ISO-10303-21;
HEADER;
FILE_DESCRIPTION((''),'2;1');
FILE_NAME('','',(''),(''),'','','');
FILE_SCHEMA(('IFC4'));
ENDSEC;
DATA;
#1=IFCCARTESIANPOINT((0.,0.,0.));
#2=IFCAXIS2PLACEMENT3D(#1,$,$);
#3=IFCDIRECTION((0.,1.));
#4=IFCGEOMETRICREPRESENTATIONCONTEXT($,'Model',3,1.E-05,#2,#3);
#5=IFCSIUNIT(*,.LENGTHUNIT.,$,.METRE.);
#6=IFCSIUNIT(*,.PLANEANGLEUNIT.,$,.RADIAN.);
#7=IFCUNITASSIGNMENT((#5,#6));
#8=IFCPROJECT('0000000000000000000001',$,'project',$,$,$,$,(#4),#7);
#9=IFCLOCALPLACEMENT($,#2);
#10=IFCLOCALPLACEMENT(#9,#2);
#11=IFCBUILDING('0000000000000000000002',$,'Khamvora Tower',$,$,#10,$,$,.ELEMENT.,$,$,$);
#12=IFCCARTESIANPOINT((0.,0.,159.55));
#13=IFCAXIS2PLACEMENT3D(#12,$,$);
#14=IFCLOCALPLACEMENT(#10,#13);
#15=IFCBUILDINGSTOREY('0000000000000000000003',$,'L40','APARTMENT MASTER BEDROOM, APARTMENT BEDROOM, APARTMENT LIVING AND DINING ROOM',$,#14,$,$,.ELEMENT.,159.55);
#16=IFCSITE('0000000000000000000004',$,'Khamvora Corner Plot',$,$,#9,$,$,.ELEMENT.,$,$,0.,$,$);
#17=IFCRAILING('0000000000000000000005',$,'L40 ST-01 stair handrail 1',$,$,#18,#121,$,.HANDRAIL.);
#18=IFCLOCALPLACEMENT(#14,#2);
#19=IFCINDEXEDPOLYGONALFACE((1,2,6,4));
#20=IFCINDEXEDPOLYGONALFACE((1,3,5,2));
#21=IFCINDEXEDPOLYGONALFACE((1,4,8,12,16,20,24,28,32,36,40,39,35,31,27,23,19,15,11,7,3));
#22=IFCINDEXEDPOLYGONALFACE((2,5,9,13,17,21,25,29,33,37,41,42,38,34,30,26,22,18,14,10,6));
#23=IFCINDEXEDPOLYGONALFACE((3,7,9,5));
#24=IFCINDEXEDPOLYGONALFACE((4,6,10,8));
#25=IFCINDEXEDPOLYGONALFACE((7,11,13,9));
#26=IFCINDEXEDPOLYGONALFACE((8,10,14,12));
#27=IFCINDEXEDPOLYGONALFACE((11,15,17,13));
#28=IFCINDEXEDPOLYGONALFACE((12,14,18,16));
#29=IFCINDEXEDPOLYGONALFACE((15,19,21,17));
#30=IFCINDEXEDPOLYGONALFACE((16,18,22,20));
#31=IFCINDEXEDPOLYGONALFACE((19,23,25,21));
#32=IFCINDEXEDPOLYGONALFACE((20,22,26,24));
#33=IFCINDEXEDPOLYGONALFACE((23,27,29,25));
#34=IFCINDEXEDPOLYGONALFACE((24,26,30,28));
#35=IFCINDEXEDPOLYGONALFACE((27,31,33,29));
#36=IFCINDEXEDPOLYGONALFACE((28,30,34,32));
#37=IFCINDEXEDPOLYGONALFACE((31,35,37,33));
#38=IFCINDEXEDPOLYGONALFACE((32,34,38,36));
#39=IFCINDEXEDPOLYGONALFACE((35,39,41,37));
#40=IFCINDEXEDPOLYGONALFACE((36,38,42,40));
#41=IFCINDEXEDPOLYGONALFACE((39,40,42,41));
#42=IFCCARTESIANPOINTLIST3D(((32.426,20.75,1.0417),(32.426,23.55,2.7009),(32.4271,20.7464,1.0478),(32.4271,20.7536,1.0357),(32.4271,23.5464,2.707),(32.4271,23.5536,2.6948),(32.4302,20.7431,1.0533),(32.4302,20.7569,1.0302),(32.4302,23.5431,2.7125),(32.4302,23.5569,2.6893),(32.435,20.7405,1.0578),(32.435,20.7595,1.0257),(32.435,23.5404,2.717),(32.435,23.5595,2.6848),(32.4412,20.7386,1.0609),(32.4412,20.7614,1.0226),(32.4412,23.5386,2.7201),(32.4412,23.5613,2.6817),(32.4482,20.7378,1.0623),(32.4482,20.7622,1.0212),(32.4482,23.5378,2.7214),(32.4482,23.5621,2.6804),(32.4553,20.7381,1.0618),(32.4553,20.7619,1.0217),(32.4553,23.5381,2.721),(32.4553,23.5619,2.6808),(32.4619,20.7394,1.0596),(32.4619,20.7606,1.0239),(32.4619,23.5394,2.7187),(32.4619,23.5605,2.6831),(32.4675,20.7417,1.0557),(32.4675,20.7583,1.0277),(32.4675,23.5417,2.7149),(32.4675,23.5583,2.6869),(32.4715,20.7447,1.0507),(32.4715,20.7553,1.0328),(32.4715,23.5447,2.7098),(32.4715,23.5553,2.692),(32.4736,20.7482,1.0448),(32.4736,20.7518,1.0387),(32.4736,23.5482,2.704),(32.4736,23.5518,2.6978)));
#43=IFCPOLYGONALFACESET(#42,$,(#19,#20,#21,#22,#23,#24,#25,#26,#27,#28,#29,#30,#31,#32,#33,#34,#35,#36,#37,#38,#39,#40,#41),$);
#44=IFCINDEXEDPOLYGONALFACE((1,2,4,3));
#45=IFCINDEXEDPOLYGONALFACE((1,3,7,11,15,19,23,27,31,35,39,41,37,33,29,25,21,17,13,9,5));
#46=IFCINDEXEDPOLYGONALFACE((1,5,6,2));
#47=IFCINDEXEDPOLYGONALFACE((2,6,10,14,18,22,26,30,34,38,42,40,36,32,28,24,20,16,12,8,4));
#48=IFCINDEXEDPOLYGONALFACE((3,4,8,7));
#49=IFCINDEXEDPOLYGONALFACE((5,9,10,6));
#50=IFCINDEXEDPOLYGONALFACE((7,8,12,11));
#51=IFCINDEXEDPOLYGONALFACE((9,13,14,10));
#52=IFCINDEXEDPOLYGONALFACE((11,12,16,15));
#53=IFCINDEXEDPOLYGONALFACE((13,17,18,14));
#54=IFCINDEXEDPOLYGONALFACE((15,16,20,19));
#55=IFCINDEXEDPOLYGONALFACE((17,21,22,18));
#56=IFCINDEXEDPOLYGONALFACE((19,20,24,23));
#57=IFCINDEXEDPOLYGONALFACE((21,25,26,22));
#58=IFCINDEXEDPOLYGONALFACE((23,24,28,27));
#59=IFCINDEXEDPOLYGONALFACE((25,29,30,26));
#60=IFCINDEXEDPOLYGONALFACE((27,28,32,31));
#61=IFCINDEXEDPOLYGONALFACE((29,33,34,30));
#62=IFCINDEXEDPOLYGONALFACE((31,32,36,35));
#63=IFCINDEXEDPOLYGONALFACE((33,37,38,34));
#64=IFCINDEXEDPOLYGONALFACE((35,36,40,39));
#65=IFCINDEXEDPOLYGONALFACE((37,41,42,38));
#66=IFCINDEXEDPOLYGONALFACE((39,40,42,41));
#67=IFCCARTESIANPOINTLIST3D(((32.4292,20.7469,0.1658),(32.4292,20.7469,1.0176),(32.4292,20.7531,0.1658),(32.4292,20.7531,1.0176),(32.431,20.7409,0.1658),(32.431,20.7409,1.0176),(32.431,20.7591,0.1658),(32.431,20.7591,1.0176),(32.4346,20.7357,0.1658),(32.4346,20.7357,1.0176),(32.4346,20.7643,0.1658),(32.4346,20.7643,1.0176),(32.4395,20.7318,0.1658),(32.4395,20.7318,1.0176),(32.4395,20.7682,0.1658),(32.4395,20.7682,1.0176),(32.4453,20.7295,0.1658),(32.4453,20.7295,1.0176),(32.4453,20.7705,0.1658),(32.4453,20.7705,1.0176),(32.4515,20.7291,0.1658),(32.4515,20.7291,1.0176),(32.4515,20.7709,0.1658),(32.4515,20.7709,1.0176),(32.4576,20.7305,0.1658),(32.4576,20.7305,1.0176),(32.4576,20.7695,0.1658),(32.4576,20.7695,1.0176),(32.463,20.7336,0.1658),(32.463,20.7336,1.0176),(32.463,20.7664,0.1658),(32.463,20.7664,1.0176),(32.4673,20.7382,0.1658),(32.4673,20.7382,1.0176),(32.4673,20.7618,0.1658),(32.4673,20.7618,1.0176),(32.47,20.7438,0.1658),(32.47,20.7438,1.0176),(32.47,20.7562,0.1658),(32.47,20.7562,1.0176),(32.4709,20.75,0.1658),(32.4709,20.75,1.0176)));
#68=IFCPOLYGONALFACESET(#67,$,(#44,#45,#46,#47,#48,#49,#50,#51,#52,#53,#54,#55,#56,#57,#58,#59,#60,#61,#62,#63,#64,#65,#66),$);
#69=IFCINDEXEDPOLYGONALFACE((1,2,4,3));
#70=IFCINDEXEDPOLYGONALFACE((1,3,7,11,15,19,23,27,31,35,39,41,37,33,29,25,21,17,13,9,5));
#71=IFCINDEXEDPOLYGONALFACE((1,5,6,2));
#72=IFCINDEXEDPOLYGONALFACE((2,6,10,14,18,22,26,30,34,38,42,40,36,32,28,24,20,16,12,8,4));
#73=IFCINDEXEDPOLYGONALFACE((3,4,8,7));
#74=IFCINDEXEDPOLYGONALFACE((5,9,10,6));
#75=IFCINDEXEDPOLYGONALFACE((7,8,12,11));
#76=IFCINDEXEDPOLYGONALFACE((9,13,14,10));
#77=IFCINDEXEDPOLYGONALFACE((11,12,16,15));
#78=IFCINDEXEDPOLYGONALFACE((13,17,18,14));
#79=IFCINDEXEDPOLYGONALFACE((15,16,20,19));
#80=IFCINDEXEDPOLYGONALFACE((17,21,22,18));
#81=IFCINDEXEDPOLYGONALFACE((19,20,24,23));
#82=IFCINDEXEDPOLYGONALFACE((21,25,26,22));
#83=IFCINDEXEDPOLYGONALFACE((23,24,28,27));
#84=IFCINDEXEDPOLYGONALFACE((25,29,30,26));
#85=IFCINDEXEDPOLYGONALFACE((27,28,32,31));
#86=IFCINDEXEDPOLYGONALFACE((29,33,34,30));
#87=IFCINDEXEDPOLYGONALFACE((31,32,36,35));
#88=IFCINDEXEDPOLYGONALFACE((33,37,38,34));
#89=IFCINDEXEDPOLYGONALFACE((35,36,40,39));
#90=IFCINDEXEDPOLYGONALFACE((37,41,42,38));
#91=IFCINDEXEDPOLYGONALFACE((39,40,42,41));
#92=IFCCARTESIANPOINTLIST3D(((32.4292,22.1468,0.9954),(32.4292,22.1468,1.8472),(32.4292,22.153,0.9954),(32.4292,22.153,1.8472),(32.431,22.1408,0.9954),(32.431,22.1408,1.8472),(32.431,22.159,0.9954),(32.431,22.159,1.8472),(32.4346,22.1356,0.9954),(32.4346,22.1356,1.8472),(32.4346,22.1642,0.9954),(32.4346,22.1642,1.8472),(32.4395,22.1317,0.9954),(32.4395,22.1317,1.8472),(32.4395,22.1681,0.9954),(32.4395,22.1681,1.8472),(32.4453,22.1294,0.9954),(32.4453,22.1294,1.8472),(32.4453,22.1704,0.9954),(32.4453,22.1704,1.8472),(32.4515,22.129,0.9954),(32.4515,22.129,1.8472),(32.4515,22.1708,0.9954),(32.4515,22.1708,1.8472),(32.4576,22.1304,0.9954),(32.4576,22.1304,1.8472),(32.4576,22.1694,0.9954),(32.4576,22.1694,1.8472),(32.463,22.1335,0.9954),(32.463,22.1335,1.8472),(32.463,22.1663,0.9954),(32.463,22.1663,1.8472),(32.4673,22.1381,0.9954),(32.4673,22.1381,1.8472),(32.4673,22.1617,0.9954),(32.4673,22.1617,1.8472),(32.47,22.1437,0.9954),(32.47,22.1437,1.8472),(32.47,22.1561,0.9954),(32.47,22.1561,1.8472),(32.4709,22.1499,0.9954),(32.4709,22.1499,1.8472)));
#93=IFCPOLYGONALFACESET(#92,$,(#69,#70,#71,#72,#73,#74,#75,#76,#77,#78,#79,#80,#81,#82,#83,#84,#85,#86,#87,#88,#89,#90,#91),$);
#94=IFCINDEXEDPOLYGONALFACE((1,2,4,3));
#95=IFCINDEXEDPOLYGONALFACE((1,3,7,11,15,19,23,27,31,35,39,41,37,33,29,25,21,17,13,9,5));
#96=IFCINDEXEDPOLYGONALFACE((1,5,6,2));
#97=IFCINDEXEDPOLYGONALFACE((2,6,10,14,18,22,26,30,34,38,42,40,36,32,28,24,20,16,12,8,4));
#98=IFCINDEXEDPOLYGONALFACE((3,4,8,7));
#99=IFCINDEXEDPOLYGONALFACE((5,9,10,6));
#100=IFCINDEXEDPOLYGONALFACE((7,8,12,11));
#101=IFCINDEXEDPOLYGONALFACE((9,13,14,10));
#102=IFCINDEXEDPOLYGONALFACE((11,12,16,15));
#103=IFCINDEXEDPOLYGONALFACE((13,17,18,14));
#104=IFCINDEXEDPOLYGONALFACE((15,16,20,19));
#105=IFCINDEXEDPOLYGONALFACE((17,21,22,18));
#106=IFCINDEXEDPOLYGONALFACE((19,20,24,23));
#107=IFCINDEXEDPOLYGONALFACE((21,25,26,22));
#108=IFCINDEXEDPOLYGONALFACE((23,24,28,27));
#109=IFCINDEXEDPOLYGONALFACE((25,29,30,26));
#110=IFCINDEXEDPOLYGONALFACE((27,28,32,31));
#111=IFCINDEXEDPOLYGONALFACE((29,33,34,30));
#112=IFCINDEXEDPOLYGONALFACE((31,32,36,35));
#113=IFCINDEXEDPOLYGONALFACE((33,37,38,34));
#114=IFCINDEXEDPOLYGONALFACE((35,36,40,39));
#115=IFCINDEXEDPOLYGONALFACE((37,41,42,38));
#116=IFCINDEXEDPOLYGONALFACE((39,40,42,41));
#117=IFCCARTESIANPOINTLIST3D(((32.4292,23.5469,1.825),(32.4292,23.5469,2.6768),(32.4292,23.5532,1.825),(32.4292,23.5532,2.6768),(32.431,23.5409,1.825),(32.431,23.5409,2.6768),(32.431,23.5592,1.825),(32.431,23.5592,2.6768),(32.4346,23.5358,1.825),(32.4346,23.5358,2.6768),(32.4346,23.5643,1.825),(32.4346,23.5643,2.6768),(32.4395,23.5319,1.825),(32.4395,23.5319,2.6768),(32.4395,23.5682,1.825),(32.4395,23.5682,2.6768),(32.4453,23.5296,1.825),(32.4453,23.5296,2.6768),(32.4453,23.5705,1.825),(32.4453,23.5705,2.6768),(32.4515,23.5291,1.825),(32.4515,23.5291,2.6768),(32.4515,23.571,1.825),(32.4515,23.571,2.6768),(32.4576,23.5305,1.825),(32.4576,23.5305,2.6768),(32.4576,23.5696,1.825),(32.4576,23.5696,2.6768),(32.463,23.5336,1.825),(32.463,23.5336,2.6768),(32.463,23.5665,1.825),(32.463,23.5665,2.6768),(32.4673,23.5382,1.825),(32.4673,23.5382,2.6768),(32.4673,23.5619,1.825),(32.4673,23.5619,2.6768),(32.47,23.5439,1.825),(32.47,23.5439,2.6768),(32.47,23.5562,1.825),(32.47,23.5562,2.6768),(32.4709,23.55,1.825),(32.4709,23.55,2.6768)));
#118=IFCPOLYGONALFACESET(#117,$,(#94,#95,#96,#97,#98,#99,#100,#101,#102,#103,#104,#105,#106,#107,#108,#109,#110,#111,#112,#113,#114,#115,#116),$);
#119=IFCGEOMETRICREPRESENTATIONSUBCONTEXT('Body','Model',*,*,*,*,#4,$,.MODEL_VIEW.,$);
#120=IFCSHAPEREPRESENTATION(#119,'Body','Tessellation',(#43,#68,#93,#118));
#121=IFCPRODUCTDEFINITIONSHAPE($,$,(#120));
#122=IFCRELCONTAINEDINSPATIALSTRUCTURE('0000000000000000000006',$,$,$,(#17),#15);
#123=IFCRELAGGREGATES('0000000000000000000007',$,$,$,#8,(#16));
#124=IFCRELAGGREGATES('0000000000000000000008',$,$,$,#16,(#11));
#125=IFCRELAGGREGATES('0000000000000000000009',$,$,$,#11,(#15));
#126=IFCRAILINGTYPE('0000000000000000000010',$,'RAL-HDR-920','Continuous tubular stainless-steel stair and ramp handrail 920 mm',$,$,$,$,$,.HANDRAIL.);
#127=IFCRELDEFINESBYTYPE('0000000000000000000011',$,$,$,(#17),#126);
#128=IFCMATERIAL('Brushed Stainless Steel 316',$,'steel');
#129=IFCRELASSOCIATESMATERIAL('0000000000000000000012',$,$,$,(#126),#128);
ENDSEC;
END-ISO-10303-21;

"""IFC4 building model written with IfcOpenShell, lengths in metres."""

from ifc_helpers import new_model, si_unit, direction, frame, origin, origin_2d, place, context, subcontext, project, spatial, circle, extrude, material, type_object, element, save


model = new_model("IFC4")

# Units and contexts
model_context = context("Model", 3, precision=1e-05, world=origin(), true_north=direction((0.0, 1.0)))
body_context = subcontext(model_context, "Body", "Model", "MODEL_VIEW")
ifc_project = project(units=[si_unit("LENGTHUNIT", "METRE"), si_unit("PLANEANGLEUNIT", "RADIAN")], contexts=[model_context])

# Site, building, storey
site_placement = place(None, origin())
site = spatial("IfcSite", under=ifc_project, at=site_placement, Name="Khamvora Corner Plot", CompositionType="ELEMENT", RefElevation=0.0)
building_placement = place(site_placement, origin())
building = spatial("IfcBuilding", under=site, at=building_placement, Name="Khamvora Tower", CompositionType="ELEMENT")
storey_placement = place(building_placement, frame((0.0, 0.0, 159.55)))
storey = spatial("IfcBuildingStorey", under=building, at=storey_placement, Name="L40", Description="APARTMENT MASTER BEDROOM, APARTMENT BEDROOM, APARTMENT LIVING AND DINING ROOM", CompositionType="ELEMENT", Elevation=159.55)

# Railing
ifc_material_1 = material(Name="Brushed Stainless Steel 316", Category="steel")
railing_type_1 = type_object("IfcRailingType", Name="RAL-HDR-920", Description="Continuous tubular stainless-steel stair and ramp handrail 920 mm", PredefinedType="HANDRAIL", material=ifc_material_1)
railing_1_placement = place(storey_placement, frame((32.45, 20.75, 0.1658)))
element("IfcRailing", 1, at=railing_1_placement, inside=storey, type_object=railing_type_1, Name="L40 ST-01 stair handrail 1", PredefinedType="HANDRAIL", context=body_context, shape_type="SweptSolid", body=[
    extrude(circle(Radius=0.0239, at=origin_2d()), frame((0.0, 0.0, 0.876), z_axis=(0.0, 0.860306, 0.509778), x_axis=(-1.0, 0.0, 0.0)), (0.0, 0.0, 1.0), 3.2546),
    extrude(circle(Radius=0.021, at=origin_2d()), origin(), (0.0, 0.0, 1.0), 0.8518),
    extrude(circle(Radius=0.021, at=origin_2d()), frame((0.0, 1.3999, 0.8296)), (0.0, 0.0, 1.0), 0.8518),
    extrude(circle(Radius=0.021, at=origin_2d()), frame((0.0, 2.8, 1.6592)), (0.0, 0.0, 1.0), 0.8518),
])

save(model, "model.ifc")
